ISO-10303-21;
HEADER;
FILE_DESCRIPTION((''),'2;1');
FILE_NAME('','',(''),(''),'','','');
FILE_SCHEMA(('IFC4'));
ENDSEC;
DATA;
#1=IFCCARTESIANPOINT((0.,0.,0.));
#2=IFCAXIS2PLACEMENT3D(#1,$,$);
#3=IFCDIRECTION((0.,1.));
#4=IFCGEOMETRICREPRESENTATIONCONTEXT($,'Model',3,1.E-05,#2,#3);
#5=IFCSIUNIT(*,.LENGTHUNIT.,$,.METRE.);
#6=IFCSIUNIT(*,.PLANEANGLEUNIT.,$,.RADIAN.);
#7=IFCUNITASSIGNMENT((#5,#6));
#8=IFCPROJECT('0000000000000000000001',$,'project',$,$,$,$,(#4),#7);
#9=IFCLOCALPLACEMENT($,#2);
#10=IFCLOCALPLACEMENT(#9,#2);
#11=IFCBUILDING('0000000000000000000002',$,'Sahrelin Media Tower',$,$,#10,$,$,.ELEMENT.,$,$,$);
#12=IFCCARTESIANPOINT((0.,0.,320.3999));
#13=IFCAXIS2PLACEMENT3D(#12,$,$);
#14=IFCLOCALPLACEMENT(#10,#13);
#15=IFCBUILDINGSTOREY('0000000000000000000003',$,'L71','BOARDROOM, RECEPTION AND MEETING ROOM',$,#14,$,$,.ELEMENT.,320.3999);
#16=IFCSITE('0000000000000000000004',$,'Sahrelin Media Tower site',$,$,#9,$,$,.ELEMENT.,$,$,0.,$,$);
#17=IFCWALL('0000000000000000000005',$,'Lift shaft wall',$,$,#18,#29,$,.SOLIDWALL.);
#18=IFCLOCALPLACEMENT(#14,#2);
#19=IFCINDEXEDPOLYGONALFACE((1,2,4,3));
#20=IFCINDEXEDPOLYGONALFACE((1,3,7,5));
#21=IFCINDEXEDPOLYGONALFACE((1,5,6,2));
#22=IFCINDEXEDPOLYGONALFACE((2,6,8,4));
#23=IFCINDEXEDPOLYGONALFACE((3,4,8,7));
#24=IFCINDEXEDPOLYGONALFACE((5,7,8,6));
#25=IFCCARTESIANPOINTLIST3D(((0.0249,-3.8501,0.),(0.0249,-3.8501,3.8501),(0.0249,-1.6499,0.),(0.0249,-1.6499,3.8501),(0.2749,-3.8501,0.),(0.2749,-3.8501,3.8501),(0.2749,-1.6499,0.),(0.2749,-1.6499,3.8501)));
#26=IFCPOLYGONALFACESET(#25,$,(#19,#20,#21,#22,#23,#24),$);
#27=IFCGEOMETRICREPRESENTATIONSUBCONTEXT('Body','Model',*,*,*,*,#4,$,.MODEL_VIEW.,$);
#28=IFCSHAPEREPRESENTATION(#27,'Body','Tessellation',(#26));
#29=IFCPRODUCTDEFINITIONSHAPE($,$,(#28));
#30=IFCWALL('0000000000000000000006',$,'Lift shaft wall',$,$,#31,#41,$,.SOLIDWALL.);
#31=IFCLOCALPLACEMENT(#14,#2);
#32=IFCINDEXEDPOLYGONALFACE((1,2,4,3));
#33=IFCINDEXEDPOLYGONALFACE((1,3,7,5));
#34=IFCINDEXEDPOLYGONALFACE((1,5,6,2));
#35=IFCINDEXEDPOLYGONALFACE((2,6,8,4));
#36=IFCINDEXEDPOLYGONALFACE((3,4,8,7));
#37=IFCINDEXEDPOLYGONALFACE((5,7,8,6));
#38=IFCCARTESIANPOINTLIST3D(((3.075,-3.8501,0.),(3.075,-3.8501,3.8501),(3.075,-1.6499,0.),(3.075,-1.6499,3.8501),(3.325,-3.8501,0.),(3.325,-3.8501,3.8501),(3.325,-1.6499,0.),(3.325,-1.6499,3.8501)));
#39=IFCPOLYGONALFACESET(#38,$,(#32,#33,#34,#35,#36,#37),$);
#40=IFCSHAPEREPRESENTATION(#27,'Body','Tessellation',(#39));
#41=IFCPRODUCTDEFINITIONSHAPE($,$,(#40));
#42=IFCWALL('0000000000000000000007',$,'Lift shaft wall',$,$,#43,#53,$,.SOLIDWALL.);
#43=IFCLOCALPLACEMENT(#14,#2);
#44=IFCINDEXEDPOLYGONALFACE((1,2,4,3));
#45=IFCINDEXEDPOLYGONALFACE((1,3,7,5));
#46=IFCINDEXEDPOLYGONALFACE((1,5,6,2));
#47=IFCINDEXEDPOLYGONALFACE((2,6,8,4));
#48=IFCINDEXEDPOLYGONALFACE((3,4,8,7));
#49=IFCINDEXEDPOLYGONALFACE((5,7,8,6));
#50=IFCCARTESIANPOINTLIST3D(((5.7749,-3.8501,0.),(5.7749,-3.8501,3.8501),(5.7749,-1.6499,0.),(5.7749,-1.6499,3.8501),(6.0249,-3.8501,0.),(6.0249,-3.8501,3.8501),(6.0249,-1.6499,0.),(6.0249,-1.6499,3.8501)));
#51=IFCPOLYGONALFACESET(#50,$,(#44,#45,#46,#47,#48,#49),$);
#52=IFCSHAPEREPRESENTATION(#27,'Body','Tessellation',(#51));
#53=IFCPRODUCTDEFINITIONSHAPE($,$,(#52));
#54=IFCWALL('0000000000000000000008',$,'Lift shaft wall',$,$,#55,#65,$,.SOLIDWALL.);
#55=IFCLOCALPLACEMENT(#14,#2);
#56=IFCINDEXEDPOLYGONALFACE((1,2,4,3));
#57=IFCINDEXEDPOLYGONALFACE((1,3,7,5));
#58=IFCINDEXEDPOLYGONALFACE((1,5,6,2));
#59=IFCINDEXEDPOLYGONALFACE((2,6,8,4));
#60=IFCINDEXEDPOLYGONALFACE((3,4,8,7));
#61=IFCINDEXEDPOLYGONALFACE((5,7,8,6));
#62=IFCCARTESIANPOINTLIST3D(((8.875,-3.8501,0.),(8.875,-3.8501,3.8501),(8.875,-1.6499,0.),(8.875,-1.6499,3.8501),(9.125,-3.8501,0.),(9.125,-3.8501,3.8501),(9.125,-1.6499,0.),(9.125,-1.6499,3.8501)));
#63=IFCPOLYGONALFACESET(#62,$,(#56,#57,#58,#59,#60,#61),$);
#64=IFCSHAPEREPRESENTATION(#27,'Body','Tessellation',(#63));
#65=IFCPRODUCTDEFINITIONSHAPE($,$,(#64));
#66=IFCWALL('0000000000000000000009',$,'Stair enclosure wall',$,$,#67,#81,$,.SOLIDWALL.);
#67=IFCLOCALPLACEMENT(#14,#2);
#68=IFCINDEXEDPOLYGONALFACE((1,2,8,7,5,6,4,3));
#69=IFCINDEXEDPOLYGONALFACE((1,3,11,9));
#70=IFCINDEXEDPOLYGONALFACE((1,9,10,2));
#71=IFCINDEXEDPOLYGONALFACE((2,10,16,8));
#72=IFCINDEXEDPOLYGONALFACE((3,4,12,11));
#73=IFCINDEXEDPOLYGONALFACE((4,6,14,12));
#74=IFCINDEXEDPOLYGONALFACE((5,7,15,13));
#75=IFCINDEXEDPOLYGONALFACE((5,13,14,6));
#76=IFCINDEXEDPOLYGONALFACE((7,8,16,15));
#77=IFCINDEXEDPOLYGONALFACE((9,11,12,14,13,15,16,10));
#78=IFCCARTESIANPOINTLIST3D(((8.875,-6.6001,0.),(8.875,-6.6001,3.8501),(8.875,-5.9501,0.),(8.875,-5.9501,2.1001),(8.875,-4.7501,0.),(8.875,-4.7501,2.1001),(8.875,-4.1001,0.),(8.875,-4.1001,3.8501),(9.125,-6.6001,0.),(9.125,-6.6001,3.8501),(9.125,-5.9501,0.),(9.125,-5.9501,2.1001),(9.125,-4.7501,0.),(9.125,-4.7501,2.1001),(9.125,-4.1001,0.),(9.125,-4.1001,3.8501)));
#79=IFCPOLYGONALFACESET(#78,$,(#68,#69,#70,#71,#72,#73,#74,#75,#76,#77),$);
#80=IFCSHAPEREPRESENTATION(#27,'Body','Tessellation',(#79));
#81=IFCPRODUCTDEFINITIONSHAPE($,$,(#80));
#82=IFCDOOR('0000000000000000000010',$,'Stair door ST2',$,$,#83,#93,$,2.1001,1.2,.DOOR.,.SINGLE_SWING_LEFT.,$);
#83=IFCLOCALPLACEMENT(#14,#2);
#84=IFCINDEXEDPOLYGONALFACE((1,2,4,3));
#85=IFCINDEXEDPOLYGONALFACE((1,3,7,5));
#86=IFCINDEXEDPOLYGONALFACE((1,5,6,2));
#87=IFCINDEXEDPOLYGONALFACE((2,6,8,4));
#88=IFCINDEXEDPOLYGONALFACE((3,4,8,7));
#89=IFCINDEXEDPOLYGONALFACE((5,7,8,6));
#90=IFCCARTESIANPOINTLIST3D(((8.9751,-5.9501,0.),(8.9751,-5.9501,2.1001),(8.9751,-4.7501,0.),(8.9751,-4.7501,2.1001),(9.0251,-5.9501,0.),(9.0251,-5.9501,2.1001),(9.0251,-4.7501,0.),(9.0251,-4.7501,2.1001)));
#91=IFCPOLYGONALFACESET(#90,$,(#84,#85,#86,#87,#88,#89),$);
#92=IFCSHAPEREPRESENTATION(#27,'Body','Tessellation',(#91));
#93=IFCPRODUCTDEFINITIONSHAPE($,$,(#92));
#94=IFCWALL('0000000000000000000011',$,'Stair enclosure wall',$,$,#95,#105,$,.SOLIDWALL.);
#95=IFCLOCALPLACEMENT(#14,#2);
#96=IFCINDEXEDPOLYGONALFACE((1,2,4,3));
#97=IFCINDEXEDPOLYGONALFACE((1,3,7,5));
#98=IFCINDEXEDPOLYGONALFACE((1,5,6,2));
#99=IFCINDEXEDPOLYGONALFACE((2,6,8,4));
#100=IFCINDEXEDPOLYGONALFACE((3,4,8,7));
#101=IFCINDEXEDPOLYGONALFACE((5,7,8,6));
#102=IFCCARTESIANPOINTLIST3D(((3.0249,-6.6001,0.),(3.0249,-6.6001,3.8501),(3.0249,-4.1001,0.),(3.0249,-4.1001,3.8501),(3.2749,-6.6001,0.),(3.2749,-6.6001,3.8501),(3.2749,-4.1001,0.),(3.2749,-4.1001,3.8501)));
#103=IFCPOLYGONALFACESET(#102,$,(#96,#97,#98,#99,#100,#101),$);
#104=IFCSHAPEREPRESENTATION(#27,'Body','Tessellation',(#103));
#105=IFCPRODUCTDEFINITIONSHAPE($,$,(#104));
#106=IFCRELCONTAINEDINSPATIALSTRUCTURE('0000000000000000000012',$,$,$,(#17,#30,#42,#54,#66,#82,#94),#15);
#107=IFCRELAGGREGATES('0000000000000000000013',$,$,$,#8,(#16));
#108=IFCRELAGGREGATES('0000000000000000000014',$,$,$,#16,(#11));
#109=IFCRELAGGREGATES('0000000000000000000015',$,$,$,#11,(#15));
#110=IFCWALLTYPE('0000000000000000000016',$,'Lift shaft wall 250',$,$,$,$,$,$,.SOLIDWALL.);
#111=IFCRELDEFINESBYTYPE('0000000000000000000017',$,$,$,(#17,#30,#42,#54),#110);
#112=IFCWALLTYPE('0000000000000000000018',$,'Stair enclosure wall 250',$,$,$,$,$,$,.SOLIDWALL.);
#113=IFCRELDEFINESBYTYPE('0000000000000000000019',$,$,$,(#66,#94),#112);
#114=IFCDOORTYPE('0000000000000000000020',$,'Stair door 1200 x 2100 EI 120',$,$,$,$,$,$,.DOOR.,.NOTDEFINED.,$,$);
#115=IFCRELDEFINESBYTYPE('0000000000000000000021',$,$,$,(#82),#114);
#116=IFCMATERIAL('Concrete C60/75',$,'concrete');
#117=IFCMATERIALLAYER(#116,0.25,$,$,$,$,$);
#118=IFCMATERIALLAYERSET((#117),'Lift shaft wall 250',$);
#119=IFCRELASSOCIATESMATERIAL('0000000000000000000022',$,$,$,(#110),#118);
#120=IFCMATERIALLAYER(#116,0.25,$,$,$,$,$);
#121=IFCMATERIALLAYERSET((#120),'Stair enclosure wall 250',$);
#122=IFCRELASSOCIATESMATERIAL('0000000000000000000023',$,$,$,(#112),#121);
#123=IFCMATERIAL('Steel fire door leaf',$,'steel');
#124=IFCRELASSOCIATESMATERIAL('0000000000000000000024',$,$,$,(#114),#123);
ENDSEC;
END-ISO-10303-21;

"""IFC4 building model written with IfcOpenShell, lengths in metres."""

from ifc_helpers import new_model, si_unit, direction, frame, frame_2d, origin, place, context, subcontext, project, spatial, rectangle, extrude, material, layer, layer_set, type_object, element, fill, save


model = new_model("IFC4")

# Units and contexts
model_context = context("Model", 3, precision=1e-05, world=origin(), true_north=direction((0.0, 1.0)))
body_context = subcontext(model_context, "Body", "Model", "MODEL_VIEW")
ifc_project = project(units=[si_unit("LENGTHUNIT", "METRE"), si_unit("PLANEANGLEUNIT", "RADIAN")], contexts=[model_context])

# Site, building, storey
site_placement = place(None, origin())
site = spatial("IfcSite", under=ifc_project, at=site_placement, Name="Sahrelin Media Tower site", CompositionType="ELEMENT", RefElevation=0.0)
building_placement = place(site_placement, origin())
building = spatial("IfcBuilding", under=site, at=building_placement, Name="Sahrelin Media Tower", CompositionType="ELEMENT")
storey_placement = place(building_placement, frame((0.0, 0.0, 320.3999)))
storey = spatial("IfcBuildingStorey", under=building, at=storey_placement, Name="L71", Description="BOARDROOM, RECEPTION AND MEETING ROOM", CompositionType="ELEMENT", Elevation=320.3999)

# Shared definitions
ifc_material_1 = material(Name="Concrete C60/75", Category="concrete")
ifc_material_2 = material(Name="Steel fire door leaf", Category="steel")

# Walls
ifc_layer_1 = layer(ifc_material_1, 0.25)
ifc_layer_set_1 = layer_set([ifc_layer_1], Name="Lift shaft wall 250")
wall_type_1 = type_object("IfcWallType", Name="Lift shaft wall 250", PredefinedType="SOLIDWALL", material=ifc_layer_set_1)
for number, where, z_axis, x_axis, name in (
    (1, (0.1499, -3.8501, 0.0), (0.0, 0.0, 1.0), (0.0, 1.0, 0.0), "Lift shaft wall"),
    (2, (3.2, -3.8501, 0.0), (0.0, 0.0, 1.0), (0.0, 1.0, 0.0), "Lift shaft wall"),
    (3, (5.8999, -3.8501, 0.0), (0.0, 0.0, 1.0), (0.0, 1.0, 0.0), "Lift shaft wall"),
    (4, (9.0, -3.8501, 0.0), (0.0, 0.0, 1.0), (0.0, 1.0, 0.0), "Lift shaft wall"),
):
    element("IfcWall", number, at=place(storey_placement, frame(where, z_axis=z_axis, x_axis=x_axis)), inside=storey, type_object=wall_type_1, Name=name, PredefinedType="SOLIDWALL", context=body_context, shape_type="SweptSolid", body=[
        extrude(rectangle(XDim=2.2002, YDim=0.25, at=frame_2d((1.1001, 0.0))), origin(), (0.0, 0.0, 1.0), 3.8501),
    ])

# Wall, opening, door
ifc_layer_2 = layer(ifc_material_1, 0.25)
ifc_layer_set_2 = layer_set([ifc_layer_2], Name="Stair enclosure wall 250")
wall_type_2 = type_object("IfcWallType", Name="Stair enclosure wall 250", PredefinedType="SOLIDWALL", material=ifc_layer_set_2)
wall_1_placement = place(storey_placement, frame((9.0, -6.6001, 0.0), z_axis=(0.0, 0.0, 1.0), x_axis=(0.0, 1.0, 0.0)))
wall_1 = element("IfcWall", 5, at=wall_1_placement, inside=storey, type_object=wall_type_2, Name="Stair enclosure wall", PredefinedType="SOLIDWALL", context=body_context, shape_type="SweptSolid", body=[
    extrude(rectangle(XDim=2.5, YDim=0.25, at=frame_2d((1.25, 0.0))), origin(), (0.0, 0.0, 1.0), 3.8501),
])
opening_1_placement = place(wall_1_placement, frame((0.6499, 0.0, 0.0)))
opening_1 = element("IfcOpeningElement", 6, at=opening_1_placement, cuts=wall_1, PredefinedType="OPENING", context=body_context, shape_type="SweptSolid", body=[
    extrude(rectangle(XDim=1.2, YDim=2.1001, at=frame_2d((0.6001, 1.05))), frame((0.0, 0.125, 0.0), z_axis=(0.0, -1.0, 0.0), x_axis=(1.0, 0.0, 0.0)), (0.0, 0.0, 1.0), 0.25),
])
door_type_1 = type_object("IfcDoorType", Name="Stair door 1200 x 2100 EI 120", OperationType="NOTDEFINED", PredefinedType="DOOR", material=ifc_material_2)
door_1_placement = place(opening_1_placement, origin())
door_1 = element("IfcDoor", 7, at=door_1_placement, inside=storey, type_object=door_type_1, Name="Stair door ST2", OperationType="SINGLE_SWING_LEFT", OverallHeight=2.1001, OverallWidth=1.2, PredefinedType="DOOR", context=body_context, shape_type="SweptSolid", body=[
    extrude(rectangle(XDim=1.2, YDim=2.1001, at=frame_2d((0.6001, 1.05))), frame((0.0, 0.0249, 0.0), z_axis=(0.0, -1.0, 0.0), x_axis=(1.0, 0.0, 0.0)), (0.0, 0.0, 1.0), 0.05),
])
fill(opening_1, door_1)

# Wall
wall_2_placement = place(storey_placement, frame((3.1499, -6.6001, 0.0), z_axis=(0.0, 0.0, 1.0), x_axis=(0.0, 1.0, 0.0)))
element("IfcWall", 8, at=wall_2_placement, inside=storey, type_object=wall_type_2, Name="Stair enclosure wall", PredefinedType="SOLIDWALL", context=body_context, shape_type="SweptSolid", body=[
    extrude(rectangle(XDim=2.5, YDim=0.25, at=frame_2d((1.25, 0.0))), origin(), (0.0, 0.0, 1.0), 3.8501),
])

save(model, "model.ifc")
